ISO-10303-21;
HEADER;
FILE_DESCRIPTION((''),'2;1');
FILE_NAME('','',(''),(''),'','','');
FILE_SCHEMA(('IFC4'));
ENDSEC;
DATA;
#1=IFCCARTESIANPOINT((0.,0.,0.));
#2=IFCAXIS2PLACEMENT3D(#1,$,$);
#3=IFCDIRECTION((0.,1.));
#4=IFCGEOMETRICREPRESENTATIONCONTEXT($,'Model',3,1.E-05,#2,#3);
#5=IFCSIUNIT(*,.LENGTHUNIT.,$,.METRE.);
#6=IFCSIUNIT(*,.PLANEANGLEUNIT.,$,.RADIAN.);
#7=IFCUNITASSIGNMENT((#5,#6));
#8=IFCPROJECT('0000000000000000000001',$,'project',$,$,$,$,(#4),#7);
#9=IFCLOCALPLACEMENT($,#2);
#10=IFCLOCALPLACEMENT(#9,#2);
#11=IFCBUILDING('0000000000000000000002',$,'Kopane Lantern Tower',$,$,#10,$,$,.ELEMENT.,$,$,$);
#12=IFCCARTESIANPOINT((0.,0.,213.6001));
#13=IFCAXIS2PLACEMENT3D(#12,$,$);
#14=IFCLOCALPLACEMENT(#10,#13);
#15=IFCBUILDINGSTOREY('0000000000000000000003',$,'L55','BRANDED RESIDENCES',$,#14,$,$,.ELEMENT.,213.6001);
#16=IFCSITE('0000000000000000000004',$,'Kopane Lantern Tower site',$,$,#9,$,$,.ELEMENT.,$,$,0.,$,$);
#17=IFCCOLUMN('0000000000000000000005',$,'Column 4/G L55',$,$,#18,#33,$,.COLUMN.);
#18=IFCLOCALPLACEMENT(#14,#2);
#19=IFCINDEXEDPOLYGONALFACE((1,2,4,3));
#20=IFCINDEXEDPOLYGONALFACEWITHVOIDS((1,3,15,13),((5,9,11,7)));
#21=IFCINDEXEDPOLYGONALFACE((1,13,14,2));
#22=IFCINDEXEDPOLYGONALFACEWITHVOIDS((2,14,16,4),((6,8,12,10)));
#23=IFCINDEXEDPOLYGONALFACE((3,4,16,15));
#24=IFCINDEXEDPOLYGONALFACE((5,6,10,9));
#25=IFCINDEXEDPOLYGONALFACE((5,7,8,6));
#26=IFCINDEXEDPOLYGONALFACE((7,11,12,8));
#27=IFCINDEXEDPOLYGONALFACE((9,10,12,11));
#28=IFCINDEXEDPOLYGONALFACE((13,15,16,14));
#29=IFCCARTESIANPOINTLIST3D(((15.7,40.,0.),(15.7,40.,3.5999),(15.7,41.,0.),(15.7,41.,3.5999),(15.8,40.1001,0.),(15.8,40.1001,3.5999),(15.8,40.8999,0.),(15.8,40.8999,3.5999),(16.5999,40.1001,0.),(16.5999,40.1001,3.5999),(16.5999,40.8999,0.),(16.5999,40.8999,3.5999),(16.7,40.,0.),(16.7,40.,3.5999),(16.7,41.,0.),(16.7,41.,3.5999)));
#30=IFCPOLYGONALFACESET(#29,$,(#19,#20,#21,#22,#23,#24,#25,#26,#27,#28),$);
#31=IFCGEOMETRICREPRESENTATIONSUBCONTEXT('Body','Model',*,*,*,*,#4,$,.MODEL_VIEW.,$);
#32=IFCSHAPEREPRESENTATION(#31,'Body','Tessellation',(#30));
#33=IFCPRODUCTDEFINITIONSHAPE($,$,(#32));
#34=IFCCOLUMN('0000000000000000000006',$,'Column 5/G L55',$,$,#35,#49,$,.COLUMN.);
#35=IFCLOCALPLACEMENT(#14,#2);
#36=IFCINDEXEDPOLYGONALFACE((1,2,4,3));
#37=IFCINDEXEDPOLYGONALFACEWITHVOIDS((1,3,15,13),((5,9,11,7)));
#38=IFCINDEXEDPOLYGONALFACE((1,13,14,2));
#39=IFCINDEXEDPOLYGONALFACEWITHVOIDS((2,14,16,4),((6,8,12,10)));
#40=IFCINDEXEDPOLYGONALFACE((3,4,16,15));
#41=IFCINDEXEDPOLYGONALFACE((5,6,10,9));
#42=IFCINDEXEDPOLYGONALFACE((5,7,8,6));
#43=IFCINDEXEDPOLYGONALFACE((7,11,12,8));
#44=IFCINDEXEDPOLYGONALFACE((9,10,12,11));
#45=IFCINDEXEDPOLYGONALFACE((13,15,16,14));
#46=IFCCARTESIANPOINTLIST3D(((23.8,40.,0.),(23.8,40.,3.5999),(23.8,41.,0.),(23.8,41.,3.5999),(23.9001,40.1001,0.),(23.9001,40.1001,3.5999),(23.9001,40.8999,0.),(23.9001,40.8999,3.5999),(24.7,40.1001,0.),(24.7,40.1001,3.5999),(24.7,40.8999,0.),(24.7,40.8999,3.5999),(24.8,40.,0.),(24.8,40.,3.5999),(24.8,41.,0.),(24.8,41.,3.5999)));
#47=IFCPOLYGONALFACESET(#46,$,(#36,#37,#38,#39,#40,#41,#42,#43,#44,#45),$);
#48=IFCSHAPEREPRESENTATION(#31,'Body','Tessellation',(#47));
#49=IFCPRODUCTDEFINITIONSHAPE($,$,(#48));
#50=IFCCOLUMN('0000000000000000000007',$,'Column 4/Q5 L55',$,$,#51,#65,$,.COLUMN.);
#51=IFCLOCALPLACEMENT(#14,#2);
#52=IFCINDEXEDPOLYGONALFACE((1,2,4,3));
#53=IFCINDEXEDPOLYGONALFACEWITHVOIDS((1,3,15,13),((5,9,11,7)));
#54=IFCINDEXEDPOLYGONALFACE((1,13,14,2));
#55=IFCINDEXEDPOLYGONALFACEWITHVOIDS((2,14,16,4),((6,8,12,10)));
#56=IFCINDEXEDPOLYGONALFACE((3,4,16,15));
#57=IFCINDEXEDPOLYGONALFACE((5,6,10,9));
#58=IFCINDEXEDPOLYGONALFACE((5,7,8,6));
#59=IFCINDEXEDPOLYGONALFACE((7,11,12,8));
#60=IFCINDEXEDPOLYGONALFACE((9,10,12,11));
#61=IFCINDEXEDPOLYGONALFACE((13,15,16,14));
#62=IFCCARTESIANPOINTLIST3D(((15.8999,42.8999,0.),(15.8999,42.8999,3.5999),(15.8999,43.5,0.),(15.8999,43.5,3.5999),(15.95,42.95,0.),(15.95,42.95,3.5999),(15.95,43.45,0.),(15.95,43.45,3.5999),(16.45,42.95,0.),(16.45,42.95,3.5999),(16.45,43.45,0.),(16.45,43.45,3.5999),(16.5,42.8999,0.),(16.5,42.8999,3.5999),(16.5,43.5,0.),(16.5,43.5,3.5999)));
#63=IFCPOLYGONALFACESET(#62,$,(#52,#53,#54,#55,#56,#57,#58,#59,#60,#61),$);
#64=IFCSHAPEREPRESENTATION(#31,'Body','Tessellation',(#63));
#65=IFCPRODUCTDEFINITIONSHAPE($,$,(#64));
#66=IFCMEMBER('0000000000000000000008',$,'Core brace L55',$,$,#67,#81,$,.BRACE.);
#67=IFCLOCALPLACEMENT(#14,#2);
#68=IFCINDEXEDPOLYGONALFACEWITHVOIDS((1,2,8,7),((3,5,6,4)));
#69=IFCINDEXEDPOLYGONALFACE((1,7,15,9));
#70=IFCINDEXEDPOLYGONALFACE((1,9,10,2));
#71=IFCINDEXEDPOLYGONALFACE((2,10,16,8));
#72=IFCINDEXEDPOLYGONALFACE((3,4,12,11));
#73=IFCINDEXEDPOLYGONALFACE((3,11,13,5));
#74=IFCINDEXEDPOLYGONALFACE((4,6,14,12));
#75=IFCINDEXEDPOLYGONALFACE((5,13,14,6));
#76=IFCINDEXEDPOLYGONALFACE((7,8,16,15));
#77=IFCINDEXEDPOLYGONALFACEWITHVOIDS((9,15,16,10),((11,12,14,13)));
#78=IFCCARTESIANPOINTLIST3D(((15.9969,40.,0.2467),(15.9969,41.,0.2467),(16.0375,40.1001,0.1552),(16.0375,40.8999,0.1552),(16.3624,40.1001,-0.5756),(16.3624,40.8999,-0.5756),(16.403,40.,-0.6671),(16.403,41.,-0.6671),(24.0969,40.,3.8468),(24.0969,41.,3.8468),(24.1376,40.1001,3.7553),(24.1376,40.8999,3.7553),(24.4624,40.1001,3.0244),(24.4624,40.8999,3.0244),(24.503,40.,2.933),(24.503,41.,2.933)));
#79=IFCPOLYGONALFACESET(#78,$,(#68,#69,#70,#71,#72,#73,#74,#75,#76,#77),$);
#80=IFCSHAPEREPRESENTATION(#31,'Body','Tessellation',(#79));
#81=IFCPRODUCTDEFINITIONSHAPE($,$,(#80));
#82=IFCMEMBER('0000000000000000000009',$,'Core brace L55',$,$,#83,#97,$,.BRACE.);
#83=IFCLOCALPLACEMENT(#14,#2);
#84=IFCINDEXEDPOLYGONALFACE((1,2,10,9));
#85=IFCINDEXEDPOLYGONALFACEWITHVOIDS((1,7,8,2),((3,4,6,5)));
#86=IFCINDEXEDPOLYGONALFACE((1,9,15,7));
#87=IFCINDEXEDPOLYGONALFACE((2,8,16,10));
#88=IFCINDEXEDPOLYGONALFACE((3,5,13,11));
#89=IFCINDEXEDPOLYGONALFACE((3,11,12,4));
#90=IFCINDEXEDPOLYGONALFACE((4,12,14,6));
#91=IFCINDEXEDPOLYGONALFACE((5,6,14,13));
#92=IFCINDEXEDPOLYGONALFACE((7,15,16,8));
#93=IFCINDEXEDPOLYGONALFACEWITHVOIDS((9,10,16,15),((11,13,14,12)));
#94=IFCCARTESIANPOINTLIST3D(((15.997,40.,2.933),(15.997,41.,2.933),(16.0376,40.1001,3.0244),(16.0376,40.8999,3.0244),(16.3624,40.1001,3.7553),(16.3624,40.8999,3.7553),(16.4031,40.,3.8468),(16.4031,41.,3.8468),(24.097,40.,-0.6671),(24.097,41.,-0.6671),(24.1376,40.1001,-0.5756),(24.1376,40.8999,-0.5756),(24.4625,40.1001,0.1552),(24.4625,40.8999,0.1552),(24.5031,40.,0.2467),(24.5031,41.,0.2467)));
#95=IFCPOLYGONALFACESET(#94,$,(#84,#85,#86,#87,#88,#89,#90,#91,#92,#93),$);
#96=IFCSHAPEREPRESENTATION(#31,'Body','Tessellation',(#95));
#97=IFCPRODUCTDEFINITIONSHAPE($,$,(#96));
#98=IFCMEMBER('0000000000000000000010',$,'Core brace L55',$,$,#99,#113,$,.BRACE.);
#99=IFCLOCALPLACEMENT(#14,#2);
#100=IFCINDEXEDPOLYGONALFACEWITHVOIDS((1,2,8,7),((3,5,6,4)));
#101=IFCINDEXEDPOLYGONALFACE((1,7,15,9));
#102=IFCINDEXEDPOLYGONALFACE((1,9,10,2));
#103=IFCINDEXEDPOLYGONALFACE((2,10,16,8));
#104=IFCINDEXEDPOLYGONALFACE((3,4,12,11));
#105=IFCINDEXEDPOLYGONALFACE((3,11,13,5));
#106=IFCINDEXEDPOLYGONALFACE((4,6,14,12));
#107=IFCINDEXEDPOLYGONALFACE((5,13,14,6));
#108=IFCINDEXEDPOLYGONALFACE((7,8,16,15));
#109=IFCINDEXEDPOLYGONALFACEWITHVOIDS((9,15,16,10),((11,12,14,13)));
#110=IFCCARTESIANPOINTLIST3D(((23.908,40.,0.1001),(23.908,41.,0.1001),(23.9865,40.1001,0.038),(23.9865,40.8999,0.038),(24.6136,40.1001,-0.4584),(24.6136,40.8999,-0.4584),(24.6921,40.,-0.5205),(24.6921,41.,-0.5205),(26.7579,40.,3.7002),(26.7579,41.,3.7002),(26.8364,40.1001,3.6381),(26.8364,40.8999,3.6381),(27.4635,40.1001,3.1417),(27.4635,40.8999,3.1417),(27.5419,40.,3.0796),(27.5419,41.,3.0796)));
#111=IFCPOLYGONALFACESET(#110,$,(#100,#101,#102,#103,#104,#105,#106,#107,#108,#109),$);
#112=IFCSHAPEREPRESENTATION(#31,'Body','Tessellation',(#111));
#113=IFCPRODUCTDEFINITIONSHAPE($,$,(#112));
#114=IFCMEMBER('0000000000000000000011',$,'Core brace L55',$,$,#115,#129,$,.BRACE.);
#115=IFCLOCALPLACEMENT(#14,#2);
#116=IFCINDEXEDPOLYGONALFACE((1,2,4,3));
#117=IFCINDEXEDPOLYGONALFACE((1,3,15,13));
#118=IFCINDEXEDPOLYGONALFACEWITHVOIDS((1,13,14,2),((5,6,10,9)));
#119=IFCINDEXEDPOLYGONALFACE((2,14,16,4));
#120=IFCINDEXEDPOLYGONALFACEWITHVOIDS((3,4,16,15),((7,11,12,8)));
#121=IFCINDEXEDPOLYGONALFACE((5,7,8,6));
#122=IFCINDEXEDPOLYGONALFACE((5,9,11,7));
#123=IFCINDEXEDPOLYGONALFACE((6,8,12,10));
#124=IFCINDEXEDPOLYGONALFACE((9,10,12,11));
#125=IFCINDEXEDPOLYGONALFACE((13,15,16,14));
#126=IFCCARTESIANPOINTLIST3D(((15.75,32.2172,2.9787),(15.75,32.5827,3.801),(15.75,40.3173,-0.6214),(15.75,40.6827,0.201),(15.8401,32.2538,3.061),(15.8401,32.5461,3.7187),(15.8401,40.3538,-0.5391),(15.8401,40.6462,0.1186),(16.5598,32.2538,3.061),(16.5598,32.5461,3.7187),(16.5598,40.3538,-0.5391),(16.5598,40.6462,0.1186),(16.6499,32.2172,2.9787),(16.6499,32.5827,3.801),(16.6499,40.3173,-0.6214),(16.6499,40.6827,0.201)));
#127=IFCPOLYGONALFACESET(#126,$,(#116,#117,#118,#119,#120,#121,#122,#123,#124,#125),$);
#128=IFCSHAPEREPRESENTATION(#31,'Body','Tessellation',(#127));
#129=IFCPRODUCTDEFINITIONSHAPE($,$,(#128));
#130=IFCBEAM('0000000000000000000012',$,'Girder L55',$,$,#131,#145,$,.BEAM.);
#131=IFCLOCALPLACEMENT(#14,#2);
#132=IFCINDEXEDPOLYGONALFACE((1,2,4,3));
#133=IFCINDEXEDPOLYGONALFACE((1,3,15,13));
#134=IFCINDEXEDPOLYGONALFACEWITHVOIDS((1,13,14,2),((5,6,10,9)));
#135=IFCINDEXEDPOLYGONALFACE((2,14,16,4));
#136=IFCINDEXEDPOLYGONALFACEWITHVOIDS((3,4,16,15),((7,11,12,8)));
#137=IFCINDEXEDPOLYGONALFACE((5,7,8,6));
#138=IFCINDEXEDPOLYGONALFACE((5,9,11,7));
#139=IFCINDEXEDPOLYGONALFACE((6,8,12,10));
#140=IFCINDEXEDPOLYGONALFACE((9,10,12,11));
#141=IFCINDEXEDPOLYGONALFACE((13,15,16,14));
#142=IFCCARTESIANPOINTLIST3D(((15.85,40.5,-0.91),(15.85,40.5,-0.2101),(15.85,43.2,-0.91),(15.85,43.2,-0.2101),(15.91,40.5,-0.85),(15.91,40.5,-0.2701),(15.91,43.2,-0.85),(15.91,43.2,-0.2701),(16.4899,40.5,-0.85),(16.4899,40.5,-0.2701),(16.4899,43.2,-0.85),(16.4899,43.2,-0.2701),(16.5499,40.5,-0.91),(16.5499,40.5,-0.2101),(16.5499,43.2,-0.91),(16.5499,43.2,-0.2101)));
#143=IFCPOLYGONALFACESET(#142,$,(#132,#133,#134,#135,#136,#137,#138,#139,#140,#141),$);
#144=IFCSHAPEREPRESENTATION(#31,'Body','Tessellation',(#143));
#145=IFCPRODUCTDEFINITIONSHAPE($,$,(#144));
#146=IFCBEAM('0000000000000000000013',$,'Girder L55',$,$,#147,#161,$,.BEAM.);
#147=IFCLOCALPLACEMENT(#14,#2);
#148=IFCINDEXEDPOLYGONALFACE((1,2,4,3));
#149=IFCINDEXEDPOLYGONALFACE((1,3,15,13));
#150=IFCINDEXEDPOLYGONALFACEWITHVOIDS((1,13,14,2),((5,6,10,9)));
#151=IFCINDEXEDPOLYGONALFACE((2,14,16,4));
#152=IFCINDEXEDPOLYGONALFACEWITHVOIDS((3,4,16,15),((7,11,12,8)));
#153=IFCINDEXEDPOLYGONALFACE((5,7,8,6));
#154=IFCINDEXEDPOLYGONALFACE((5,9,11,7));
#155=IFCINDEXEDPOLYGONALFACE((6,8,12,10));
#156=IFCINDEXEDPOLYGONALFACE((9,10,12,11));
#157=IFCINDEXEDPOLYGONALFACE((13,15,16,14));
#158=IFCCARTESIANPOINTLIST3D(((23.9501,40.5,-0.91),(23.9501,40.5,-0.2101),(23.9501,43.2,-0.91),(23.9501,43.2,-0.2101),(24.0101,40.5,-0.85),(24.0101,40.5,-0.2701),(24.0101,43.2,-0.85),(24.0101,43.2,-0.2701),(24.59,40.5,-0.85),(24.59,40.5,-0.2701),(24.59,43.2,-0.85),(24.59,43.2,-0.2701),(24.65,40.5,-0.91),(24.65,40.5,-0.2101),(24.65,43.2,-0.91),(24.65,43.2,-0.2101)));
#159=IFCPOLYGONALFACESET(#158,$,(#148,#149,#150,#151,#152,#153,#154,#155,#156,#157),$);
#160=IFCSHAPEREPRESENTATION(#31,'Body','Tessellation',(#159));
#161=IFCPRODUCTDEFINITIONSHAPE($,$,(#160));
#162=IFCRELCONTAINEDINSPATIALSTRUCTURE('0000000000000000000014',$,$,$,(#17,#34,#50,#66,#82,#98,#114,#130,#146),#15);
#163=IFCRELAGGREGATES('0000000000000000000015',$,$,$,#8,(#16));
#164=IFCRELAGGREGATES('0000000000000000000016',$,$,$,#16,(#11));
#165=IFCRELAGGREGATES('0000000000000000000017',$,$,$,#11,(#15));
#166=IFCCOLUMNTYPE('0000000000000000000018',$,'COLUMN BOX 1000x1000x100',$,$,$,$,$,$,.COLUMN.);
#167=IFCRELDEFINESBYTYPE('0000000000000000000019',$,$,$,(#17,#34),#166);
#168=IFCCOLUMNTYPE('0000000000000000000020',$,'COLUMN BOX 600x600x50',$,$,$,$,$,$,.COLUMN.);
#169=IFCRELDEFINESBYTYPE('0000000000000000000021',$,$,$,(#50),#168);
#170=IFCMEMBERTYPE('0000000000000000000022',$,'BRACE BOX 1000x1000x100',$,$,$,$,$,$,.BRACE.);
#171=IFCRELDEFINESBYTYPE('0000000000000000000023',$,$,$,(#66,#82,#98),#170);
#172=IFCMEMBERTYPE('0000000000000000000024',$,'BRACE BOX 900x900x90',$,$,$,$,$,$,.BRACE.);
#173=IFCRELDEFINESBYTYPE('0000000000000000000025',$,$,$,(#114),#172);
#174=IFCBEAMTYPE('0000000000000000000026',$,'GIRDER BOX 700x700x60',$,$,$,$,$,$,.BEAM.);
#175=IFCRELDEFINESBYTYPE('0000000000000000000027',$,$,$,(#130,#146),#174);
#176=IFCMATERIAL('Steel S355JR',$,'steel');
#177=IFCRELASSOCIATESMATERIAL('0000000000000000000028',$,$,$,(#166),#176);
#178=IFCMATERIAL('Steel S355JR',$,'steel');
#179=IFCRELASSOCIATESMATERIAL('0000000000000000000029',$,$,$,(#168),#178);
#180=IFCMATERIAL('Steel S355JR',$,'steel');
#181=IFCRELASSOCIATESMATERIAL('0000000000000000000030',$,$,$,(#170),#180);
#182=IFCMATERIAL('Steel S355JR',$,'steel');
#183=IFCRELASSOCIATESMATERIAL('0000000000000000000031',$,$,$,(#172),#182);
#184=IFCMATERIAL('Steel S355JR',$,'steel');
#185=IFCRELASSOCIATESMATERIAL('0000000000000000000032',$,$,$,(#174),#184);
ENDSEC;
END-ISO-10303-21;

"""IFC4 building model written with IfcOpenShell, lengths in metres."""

from ifc_helpers import new_model, si_unit, direction, frame, origin, origin_2d, place, context, subcontext, project, spatial, hollow_rectangle, extrude, material, material_profile, profile_set, type_object, element, save


model = new_model("IFC4")

# Units and contexts
model_context = context("Model", 3, precision=1e-05, world=origin(), true_north=direction((0.0, 1.0)))
body_context = subcontext(model_context, "Body", "Model", "MODEL_VIEW")
ifc_project = project(units=[si_unit("LENGTHUNIT", "METRE"), si_unit("PLANEANGLEUNIT", "RADIAN")], contexts=[model_context])

# Site, building, storey
site_placement = place(None, origin())
site = spatial("IfcSite", under=ifc_project, at=site_placement, Name="Kopane Lantern Tower site", CompositionType="ELEMENT", RefElevation=0.0)
building_placement = place(site_placement, origin())
building = spatial("IfcBuilding", under=site, at=building_placement, Name="Kopane Lantern Tower", CompositionType="ELEMENT")
storey_placement = place(building_placement, frame((0.0, 0.0, 213.6001)))
storey = spatial("IfcBuildingStorey", under=building, at=storey_placement, Name="L55", Description="BRANDED RESIDENCES", CompositionType="ELEMENT", Elevation=213.6001)

# Columns
ifc_material_1 = material(Name="Steel S355JR", Category="steel")
ifc_material_profile_1 = material_profile(ifc_material_1, hollow_rectangle(XDim=1.0, YDim=1.0, WallThickness=0.1001, at=origin_2d()), Name="BOX 1000x1000x100")
ifc_profile_set_1 = profile_set([ifc_material_profile_1], Name="Steel S355JR")
column_type_1 = type_object("IfcColumnType", Name="COLUMN BOX 1000x1000x100", PredefinedType="COLUMN", material=ifc_profile_set_1)
for number, where, z_axis, x_axis, name in (
    (1, (16.2, 40.5, 0.0), (0.0, 0.0, 1.0), (1.0, 0.0, 0.0), "Column 4/G L55"),
    (2, (24.3, 40.5, 0.0), (0.0, 0.0, 1.0), (1.0, 0.0, 0.0), "Column 5/G L55"),
):
    element("IfcColumn", number, at=place(storey_placement, frame(where, z_axis=z_axis, x_axis=x_axis)), inside=storey, type_object=column_type_1, Name=name, PredefinedType="COLUMN", context=body_context, shape_type="SweptSolid", body=[
        extrude(hollow_rectangle(XDim=1.0, YDim=1.0, WallThickness=0.1001, at=origin_2d()), origin(), (0.0, 0.0, 1.0), 3.5999),
    ])
ifc_material_2 = material(Name="Steel S355JR", Category="steel")
ifc_material_profile_2 = material_profile(ifc_material_2, hollow_rectangle(XDim=0.6001, YDim=0.6001, WallThickness=0.05, at=origin_2d()), Name="BOX 600x600x50")
ifc_profile_set_2 = profile_set([ifc_material_profile_2], Name="Steel S355JR")
column_type_2 = type_object("IfcColumnType", Name="COLUMN BOX 600x600x50", PredefinedType="COLUMN", material=ifc_profile_set_2)
column_placement = place(storey_placement, frame((16.2, 43.2, 0.0), z_axis=(0.0, 0.0, 1.0), x_axis=(1.0, 0.0, 0.0)))
element("IfcColumn", 3, at=column_placement, inside=storey, type_object=column_type_2, Name="Column 4/Q5 L55", PredefinedType="COLUMN", context=body_context, shape_type="SweptSolid", body=[
    extrude(hollow_rectangle(XDim=0.6001, YDim=0.6001, WallThickness=0.05, at=origin_2d()), origin(), (0.0, 0.0, 1.0), 3.5999),
])

# Members
ifc_material_3 = material(Name="Steel S355JR", Category="steel")
ifc_material_profile_3 = material_profile(ifc_material_3, hollow_rectangle(XDim=1.0, YDim=1.0, WallThickness=0.1001, at=origin_2d()), Name="BOX 1000x1000x100")
ifc_profile_set_3 = profile_set([ifc_material_profile_3], Name="Steel S355JR")
member_type_1 = type_object("IfcMemberType", Name="BRACE BOX 1000x1000x100", PredefinedType="BRACE", material=ifc_profile_set_3)
for number, where, z_axis, x_axis, name in (
    (4, (16.2, 40.5, -0.2102), (0.913809, 0.0, 0.406144), (0.0, 1.0, 0.0), "Core brace L55"),
    (5, (24.3, 40.5, -0.2102), (-0.913809, 0.0, 0.406144), (0.0, -1.0, 0.0), "Core brace L55"),
):
    element("IfcMember", number, at=place(storey_placement, frame(where, z_axis=z_axis, x_axis=x_axis)), inside=storey, type_object=member_type_1, Name=name, PredefinedType="BRACE", context=body_context, shape_type="SweptSolid", body=[
        extrude(hollow_rectangle(XDim=1.0, YDim=1.0, WallThickness=0.1001, at=origin_2d()), origin(), (0.0, 0.0, 1.0), 8.864),
    ])
member_1_placement = place(storey_placement, frame((24.3, 40.5, -0.2102), z_axis=(0.620673, 0.0, 0.78407), x_axis=(0.0, 1.0, 0.0)))
element("IfcMember", 6, at=member_1_placement, inside=storey, type_object=member_type_1, Name="Core brace L55", PredefinedType="BRACE", context=body_context, shape_type="SweptSolid", body=[
    extrude(hollow_rectangle(XDim=1.0, YDim=1.0, WallThickness=0.1001, at=origin_2d()), origin(), (0.0, 0.0, 1.0), 4.5916),
])
ifc_material_4 = material(Name="Steel S355JR", Category="steel")
ifc_material_profile_4 = material_profile(ifc_material_4, hollow_rectangle(XDim=0.8999, YDim=0.8999, WallThickness=0.0901, at=origin_2d()), Name="BOX 900x900x90")
ifc_profile_set_4 = profile_set([ifc_material_profile_4], Name="Steel S355JR")
member_type_2 = type_object("IfcMemberType", Name="BRACE BOX 900x900x90", PredefinedType="BRACE", material=ifc_profile_set_4)
member_2_placement = place(storey_placement, frame((16.2, 40.5, -0.2102), z_axis=(0.0, -0.913809, 0.406144), x_axis=(1.0, 0.0, 0.0)))
element("IfcMember", 7, at=member_2_placement, inside=storey, type_object=member_type_2, Name="Core brace L55", PredefinedType="BRACE", context=body_context, shape_type="SweptSolid", body=[
    extrude(hollow_rectangle(XDim=0.8999, YDim=0.8999, WallThickness=0.0901, at=origin_2d()), origin(), (0.0, 0.0, 1.0), 8.864),
])

# Beams
ifc_material_5 = material(Name="Steel S355JR", Category="steel")
ifc_material_profile_5 = material_profile(ifc_material_5, hollow_rectangle(XDim=0.7, YDim=0.7, WallThickness=0.0601, at=origin_2d()), Name="BOX 700x700x60")
ifc_profile_set_5 = profile_set([ifc_material_profile_5], Name="Steel S355JR")
beam_type_1 = type_object("IfcBeamType", Name="GIRDER BOX 700x700x60", PredefinedType="BEAM", material=ifc_profile_set_5)
for number, where, z_axis, x_axis, name in (
    (8, (16.2, 40.5, -0.5601), (0.0, 1.0, 0.0), (-1.0, 0.0, 0.0), "Girder L55"),
    (9, (24.3, 40.5, -0.5601), (0.0, 1.0, 0.0), (-1.0, 0.0, 0.0), "Girder L55"),
):
    element("IfcBeam", number, at=place(storey_placement, frame(where, z_axis=z_axis, x_axis=x_axis)), inside=storey, type_object=beam_type_1, Name=name, PredefinedType="BEAM", context=body_context, shape_type="SweptSolid", body=[
        extrude(hollow_rectangle(XDim=0.7, YDim=0.7, WallThickness=0.0601, at=origin_2d()), origin(), (0.0, 0.0, 1.0), 2.7),
    ])

save(model, "model.ifc")
